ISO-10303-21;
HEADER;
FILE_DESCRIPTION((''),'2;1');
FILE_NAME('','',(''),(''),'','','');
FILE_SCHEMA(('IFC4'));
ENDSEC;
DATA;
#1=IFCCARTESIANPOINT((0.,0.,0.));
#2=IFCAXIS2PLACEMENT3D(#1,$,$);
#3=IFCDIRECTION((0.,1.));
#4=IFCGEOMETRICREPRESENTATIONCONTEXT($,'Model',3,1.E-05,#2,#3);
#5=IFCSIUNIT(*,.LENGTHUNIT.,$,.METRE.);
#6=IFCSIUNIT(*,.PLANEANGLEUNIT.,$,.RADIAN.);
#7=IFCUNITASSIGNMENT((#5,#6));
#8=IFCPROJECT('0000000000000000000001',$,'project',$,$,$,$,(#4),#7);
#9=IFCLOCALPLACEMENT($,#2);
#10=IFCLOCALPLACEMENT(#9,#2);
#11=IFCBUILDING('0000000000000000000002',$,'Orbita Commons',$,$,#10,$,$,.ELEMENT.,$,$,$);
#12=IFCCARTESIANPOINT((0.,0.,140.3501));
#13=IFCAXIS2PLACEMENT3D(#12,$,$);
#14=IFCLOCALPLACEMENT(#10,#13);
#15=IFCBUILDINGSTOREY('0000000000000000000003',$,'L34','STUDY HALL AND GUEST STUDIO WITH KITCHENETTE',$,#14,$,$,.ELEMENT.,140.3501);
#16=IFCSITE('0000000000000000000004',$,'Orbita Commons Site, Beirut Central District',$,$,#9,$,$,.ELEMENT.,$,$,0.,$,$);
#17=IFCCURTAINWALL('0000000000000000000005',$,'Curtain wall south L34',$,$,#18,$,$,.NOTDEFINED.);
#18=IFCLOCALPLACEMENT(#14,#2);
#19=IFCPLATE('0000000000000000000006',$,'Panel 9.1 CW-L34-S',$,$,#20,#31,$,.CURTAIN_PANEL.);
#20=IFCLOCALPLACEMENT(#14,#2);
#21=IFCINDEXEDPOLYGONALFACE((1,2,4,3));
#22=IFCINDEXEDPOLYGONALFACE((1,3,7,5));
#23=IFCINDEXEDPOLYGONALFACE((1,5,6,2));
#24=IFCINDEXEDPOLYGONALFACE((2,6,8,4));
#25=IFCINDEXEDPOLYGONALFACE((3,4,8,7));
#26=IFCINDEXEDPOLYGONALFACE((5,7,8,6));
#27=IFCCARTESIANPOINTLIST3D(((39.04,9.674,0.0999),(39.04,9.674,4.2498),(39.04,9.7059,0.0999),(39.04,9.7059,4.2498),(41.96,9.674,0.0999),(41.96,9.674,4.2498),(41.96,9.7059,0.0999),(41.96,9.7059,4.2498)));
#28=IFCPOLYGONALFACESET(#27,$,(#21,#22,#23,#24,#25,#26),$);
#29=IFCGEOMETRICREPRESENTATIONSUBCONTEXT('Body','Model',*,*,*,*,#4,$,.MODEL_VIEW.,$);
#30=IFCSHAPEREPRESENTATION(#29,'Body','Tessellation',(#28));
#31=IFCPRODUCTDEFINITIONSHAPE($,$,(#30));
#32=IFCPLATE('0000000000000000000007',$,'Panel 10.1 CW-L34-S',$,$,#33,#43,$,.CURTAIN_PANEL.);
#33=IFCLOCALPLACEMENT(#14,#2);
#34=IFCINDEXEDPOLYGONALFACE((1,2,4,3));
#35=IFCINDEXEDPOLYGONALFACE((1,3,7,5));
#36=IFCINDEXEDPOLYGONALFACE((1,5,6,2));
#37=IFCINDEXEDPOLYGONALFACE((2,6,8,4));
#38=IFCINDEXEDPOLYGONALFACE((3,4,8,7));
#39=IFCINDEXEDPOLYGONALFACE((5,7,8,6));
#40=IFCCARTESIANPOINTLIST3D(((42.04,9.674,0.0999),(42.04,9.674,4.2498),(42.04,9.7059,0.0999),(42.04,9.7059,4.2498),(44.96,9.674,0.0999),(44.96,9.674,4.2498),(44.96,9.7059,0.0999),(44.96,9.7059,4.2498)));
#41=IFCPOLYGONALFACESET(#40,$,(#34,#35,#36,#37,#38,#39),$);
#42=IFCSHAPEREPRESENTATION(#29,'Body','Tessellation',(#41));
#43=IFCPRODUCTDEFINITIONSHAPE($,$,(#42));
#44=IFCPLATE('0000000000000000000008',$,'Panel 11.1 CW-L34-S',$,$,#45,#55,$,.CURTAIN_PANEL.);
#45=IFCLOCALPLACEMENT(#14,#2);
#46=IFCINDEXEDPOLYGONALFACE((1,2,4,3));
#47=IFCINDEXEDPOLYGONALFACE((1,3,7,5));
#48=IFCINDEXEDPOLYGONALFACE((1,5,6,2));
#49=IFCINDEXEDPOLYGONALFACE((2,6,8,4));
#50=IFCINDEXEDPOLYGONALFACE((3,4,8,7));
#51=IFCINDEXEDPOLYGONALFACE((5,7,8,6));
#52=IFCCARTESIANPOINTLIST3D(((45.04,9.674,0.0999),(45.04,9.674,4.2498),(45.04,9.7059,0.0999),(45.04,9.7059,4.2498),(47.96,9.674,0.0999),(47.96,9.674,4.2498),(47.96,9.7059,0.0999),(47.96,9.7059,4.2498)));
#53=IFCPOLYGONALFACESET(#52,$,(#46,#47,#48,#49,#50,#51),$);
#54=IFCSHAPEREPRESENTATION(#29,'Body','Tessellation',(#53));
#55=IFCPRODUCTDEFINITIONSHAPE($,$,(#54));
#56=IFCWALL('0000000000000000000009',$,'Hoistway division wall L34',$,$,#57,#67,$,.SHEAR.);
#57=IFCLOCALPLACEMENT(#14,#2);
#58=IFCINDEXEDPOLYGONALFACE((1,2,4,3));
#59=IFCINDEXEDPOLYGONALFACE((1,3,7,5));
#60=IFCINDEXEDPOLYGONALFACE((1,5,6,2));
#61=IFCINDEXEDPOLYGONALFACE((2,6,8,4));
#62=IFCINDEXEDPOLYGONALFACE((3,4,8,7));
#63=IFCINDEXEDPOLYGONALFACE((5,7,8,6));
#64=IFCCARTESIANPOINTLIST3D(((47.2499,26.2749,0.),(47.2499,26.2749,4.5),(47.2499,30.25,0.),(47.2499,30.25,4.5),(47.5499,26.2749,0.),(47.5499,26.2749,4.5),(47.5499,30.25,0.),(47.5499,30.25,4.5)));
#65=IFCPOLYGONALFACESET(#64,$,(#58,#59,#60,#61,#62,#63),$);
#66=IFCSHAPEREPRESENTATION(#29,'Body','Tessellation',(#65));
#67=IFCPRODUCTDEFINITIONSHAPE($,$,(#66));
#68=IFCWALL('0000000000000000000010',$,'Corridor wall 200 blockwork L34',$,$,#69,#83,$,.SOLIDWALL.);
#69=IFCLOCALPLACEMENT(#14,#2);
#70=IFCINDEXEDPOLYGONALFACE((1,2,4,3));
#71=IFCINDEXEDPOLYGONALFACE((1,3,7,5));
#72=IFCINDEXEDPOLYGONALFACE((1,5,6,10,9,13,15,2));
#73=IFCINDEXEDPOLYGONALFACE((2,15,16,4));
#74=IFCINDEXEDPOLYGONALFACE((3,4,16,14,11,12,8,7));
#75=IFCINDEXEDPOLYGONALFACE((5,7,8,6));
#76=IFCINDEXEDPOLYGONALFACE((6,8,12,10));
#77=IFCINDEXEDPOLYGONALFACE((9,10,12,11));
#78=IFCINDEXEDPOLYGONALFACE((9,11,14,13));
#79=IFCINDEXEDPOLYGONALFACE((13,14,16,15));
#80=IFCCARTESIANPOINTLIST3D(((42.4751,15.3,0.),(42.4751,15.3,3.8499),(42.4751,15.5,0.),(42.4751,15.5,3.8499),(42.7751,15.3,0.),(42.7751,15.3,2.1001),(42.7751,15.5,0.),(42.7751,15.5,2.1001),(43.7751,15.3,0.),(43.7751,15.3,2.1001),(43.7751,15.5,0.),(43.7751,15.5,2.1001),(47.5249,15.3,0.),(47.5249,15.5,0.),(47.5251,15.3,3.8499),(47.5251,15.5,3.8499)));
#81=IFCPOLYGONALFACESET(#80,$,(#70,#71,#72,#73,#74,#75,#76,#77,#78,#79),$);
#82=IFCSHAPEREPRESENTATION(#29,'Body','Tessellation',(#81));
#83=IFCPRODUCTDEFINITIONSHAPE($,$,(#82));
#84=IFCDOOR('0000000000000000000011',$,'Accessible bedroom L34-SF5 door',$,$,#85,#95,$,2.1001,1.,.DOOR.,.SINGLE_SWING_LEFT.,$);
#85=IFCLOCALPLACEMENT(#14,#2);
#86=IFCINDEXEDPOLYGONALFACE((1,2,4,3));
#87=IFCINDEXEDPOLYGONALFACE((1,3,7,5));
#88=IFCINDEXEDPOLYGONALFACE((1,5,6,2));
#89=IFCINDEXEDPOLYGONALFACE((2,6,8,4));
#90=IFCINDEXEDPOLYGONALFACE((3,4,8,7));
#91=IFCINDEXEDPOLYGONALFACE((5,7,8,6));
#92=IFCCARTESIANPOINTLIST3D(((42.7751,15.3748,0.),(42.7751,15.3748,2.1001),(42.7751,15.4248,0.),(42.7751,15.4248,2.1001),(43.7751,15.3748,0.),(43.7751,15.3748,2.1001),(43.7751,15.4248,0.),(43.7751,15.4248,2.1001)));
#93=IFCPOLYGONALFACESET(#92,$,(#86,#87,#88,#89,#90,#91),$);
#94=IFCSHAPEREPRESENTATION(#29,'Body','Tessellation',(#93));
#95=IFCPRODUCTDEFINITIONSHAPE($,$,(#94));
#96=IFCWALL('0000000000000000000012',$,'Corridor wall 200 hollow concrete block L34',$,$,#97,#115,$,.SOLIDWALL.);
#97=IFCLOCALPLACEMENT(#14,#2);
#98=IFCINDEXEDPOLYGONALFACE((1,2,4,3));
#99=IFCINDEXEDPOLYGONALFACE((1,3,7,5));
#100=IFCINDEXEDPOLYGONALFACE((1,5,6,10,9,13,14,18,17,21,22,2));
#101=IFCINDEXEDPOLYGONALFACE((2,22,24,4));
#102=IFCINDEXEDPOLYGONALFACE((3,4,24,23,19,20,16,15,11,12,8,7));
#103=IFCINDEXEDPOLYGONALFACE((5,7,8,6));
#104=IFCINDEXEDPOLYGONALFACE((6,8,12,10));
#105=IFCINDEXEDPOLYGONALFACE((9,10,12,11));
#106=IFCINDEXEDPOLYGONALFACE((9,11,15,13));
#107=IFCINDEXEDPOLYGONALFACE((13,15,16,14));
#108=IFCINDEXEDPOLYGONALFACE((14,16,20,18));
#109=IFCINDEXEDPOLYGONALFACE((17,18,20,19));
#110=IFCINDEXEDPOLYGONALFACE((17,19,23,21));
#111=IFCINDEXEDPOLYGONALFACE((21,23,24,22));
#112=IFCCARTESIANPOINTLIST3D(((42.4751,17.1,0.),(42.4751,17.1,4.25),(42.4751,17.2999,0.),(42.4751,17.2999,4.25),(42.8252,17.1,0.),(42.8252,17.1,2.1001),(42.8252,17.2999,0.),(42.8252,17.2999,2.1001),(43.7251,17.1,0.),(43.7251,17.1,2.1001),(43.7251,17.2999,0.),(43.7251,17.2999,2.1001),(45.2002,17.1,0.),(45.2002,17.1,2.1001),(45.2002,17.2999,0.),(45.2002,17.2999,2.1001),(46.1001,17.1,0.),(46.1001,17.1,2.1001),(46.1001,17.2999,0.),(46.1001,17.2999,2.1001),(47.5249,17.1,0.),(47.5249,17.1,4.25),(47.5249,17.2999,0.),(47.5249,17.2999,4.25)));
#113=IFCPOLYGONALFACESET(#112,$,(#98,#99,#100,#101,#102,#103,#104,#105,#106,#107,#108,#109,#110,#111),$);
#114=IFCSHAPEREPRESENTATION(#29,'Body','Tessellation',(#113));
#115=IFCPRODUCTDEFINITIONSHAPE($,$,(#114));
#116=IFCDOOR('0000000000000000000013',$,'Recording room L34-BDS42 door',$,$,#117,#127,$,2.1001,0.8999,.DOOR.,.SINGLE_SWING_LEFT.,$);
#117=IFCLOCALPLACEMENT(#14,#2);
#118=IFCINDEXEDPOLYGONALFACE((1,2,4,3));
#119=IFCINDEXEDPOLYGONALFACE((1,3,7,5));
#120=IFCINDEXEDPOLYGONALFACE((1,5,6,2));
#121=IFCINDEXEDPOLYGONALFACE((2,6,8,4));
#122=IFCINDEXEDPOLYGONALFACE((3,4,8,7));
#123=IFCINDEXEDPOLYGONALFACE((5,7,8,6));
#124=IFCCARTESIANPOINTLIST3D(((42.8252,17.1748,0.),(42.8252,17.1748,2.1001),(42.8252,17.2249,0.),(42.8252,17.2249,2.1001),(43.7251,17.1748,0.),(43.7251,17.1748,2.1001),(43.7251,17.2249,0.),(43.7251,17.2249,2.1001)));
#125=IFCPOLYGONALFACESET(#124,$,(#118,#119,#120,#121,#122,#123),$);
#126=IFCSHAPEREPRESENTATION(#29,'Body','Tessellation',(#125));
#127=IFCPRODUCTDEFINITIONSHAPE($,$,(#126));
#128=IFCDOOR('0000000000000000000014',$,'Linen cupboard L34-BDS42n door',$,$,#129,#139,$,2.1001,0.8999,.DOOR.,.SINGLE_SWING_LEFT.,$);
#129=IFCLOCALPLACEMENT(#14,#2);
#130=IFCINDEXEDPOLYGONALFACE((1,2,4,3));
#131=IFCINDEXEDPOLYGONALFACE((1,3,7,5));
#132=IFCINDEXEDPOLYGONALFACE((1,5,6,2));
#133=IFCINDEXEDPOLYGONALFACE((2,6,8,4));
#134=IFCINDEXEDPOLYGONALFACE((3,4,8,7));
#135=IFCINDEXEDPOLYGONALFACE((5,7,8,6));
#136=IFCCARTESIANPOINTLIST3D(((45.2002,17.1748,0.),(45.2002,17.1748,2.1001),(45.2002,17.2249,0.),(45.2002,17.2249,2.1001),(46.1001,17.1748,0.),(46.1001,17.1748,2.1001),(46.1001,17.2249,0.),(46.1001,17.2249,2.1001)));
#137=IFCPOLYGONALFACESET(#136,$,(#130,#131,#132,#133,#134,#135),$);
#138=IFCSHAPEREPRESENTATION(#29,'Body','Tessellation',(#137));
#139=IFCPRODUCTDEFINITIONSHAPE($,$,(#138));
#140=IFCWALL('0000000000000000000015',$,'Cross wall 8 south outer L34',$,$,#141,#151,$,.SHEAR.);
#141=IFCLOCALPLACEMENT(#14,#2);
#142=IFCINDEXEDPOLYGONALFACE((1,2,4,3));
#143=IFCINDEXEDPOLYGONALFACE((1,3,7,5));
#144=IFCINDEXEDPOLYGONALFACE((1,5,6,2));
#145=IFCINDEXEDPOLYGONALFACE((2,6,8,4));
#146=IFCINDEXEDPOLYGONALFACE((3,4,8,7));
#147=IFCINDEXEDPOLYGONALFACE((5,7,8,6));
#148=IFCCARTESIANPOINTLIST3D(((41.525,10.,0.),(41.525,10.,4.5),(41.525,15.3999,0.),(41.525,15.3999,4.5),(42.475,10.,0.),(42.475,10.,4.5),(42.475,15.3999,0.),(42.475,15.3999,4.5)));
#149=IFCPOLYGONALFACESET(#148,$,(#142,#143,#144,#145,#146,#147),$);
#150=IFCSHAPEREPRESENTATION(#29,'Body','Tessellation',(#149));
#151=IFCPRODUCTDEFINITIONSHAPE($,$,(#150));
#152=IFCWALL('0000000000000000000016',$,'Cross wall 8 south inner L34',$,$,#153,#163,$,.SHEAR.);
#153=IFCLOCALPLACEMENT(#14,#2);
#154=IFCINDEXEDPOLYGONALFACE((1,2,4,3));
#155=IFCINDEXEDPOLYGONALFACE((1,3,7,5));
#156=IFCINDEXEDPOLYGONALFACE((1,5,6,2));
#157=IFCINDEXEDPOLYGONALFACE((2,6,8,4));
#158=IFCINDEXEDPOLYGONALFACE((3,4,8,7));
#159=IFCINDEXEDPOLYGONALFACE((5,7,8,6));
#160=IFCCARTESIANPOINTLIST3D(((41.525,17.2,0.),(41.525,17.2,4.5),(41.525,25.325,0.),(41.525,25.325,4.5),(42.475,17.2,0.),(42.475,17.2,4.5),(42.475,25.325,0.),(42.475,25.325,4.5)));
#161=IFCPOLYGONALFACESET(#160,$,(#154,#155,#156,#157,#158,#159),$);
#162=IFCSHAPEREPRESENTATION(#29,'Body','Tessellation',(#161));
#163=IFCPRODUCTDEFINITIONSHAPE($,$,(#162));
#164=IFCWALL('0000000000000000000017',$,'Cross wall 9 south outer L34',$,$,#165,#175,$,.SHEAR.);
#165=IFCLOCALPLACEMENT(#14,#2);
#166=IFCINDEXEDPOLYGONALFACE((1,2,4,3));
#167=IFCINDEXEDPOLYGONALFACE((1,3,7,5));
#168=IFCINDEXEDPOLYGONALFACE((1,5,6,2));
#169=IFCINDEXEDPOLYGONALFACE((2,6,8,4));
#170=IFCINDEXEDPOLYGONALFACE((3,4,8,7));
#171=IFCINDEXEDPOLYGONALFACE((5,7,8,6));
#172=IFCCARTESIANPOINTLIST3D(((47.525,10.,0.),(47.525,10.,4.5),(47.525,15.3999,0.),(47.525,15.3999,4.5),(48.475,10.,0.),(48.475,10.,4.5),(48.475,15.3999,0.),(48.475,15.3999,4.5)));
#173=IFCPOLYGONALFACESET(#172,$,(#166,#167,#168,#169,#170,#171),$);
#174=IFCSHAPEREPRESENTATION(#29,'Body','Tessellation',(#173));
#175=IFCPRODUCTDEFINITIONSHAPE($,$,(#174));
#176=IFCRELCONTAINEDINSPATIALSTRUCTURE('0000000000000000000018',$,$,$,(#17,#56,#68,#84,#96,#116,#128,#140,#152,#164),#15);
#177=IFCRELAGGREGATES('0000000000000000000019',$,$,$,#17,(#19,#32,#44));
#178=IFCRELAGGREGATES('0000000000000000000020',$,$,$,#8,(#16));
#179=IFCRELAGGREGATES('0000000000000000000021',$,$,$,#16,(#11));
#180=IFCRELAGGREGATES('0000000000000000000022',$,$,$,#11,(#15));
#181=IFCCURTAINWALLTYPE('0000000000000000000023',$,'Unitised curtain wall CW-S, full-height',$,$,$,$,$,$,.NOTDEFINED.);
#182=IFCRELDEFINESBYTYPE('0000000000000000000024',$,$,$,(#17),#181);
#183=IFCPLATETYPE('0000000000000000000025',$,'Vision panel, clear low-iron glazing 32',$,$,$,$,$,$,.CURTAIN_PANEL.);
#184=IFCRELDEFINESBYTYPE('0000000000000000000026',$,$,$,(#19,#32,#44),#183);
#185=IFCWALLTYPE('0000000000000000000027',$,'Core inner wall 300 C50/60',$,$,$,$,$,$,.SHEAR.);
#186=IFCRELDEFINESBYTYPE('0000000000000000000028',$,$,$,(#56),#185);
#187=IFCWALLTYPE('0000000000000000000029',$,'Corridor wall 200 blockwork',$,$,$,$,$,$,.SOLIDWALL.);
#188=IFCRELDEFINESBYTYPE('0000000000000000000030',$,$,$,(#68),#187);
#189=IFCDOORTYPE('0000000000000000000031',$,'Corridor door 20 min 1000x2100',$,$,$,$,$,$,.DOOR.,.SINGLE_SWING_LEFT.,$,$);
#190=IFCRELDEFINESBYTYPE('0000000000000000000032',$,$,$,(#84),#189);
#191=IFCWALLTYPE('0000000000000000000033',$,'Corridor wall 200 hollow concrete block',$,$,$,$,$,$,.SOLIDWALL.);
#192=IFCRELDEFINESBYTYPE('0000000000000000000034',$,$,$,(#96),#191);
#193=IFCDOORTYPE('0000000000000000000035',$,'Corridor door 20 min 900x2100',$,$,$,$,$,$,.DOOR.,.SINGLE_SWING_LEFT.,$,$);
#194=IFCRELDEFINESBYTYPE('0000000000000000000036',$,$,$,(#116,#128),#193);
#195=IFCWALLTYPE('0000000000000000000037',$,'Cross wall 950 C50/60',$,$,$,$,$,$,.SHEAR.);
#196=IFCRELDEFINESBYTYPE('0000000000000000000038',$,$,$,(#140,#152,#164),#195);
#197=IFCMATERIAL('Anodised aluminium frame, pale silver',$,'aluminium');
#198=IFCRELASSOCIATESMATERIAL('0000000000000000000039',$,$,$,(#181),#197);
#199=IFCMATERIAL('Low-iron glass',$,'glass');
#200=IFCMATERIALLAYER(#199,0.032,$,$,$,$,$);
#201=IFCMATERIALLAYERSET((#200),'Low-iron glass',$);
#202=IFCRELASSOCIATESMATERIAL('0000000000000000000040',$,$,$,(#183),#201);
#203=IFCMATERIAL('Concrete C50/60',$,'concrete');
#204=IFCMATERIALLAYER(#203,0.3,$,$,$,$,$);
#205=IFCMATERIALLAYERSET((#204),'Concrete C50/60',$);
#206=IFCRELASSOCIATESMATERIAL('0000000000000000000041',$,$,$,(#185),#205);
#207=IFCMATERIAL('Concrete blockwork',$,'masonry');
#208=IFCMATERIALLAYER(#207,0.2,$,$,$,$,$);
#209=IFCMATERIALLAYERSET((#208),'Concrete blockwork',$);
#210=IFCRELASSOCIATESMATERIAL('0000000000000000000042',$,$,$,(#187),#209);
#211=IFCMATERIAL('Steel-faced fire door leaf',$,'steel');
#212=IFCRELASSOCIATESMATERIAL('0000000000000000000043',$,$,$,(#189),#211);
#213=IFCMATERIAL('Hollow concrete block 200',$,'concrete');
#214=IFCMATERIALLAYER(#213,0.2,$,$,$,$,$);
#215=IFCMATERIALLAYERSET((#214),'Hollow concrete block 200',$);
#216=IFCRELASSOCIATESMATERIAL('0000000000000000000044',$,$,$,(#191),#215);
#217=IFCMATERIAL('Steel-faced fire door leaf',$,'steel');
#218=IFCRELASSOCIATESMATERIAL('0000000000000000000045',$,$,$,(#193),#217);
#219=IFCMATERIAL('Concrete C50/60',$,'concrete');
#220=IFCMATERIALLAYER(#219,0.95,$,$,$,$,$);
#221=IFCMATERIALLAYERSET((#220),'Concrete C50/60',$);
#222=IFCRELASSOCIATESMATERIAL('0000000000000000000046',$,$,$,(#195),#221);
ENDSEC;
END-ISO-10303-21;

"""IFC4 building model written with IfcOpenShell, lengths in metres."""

from ifc_helpers import new_model, si_unit, direction, frame, frame_2d, origin, origin_2d, place, context, subcontext, project, spatial, polyline, rectangle, outline, extrude, material, layer, layer_set, type_object, element, fill, aggregate, save


model = new_model("IFC4")

# Units and contexts
model_context = context("Model", 3, precision=1e-05, world=origin(), true_north=direction((0.0, 1.0)))
body_context = subcontext(model_context, "Body", "Model", "MODEL_VIEW")
ifc_project = project(units=[si_unit("LENGTHUNIT", "METRE"), si_unit("PLANEANGLEUNIT", "RADIAN")], contexts=[model_context])

# Site, building, storey
site_placement = place(None, origin())
site = spatial("IfcSite", under=ifc_project, at=site_placement, Name="Orbita Commons Site, Beirut Central District", CompositionType="ELEMENT", RefElevation=0.0)
building_placement = place(site_placement, origin())
building = spatial("IfcBuilding", under=site, at=building_placement, Name="Orbita Commons", CompositionType="ELEMENT")
storey_placement = place(building_placement, frame((0.0, 0.0, 140.3501)))
storey = spatial("IfcBuildingStorey", under=building, at=storey_placement, Name="L34", Description="STUDY HALL AND GUEST STUDIO WITH KITCHENETTE", CompositionType="ELEMENT", Elevation=140.3501)

# Curtain wall
ifc_material_1 = material(Name="Anodised aluminium frame, pale silver", Category="aluminium")
curtain_wall_type = type_object("IfcCurtainWallType", Name="Unitised curtain wall CW-S, full-height", PredefinedType="NOTDEFINED", material=ifc_material_1)
curtain_wall_placement = place(storey_placement, origin())
curtain_wall = element("IfcCurtainWall", 1, at=curtain_wall_placement, inside=storey, type_object=curtain_wall_type, Name="Curtain wall south L34", PredefinedType="NOTDEFINED")

# Plates
ifc_material_2 = material(Name="Low-iron glass", Category="glass")
ifc_layer_1 = layer(ifc_material_2, 0.032)
ifc_layer_set_1 = layer_set([ifc_layer_1], Name="Low-iron glass")
plate_type = type_object("IfcPlateType", Name="Vision panel, clear low-iron glazing 32", PredefinedType="CURTAIN_PANEL", material=ifc_layer_set_1)
plate_1_placement = place(storey_placement, frame((40.5, 9.6899, 0.0999), z_axis=(0.0, 0.0, 1.0), x_axis=(1.0, 0.0, 0.0)))
plate_1 = element("IfcPlate", 2, at=plate_1_placement, type_object=plate_type, Name="Panel 9.1 CW-L34-S", PredefinedType="CURTAIN_PANEL", context=body_context, shape_type="SweptSolid", body=[
    extrude(rectangle(XDim=2.9199, YDim=0.032, at=origin_2d()), origin(), (0.0, 0.0, 1.0), 4.1499),
])
plate_2_placement = place(storey_placement, frame((43.5, 9.6899, 0.0999), z_axis=(0.0, 0.0, 1.0), x_axis=(1.0, 0.0, 0.0)))
plate_2 = element("IfcPlate", 3, at=plate_2_placement, type_object=plate_type, Name="Panel 10.1 CW-L34-S", PredefinedType="CURTAIN_PANEL", context=body_context, shape_type="SweptSolid", body=[
    extrude(rectangle(XDim=2.9199, YDim=0.032, at=origin_2d()), origin(), (0.0, 0.0, 1.0), 4.1499),
])
plate_3_placement = place(storey_placement, frame((46.5, 9.6899, 0.0999), z_axis=(0.0, 0.0, 1.0), x_axis=(1.0, 0.0, 0.0)))
plate_3 = element("IfcPlate", 4, at=plate_3_placement, type_object=plate_type, Name="Panel 11.1 CW-L34-S", PredefinedType="CURTAIN_PANEL", context=body_context, shape_type="SweptSolid", body=[
    extrude(rectangle(XDim=2.9199, YDim=0.032, at=origin_2d()), origin(), (0.0, 0.0, 1.0), 4.1499),
])
aggregate(curtain_wall, [plate_1, plate_2, plate_3])

# Wall
ifc_material_3 = material(Name="Concrete C50/60", Category="concrete")
ifc_layer_2 = layer(ifc_material_3, 0.3)
ifc_layer_set_2 = layer_set([ifc_layer_2], Name="Concrete C50/60")
wall_type_1 = type_object("IfcWallType", Name="Core inner wall 300 C50/60", PredefinedType="SHEAR", material=ifc_layer_set_2)
wall_1_placement = place(storey_placement, frame((47.3999, 26.2749, 0.0), z_axis=(0.0, 0.0, 1.0), x_axis=(0.0, 1.0, 0.0)))
element("IfcWall", 5, at=wall_1_placement, inside=storey, type_object=wall_type_1, Name="Hoistway division wall L34", PredefinedType="SHEAR", context=body_context, shape_type="SweptSolid", body=[
    extrude(rectangle(XDim=3.9751, YDim=0.3, at=frame_2d((1.9875, 0.0))), origin(), (0.0, 0.0, 1.0), 4.5),
])

# Wall, opening, door
ifc_material_4 = material(Name="Concrete blockwork", Category="masonry")
ifc_layer_3 = layer(ifc_material_4, 0.2)
ifc_layer_set_3 = layer_set([ifc_layer_3], Name="Concrete blockwork")
wall_type_2 = type_object("IfcWallType", Name="Corridor wall 200 blockwork", PredefinedType="SOLIDWALL", material=ifc_layer_set_3)
wall_2_placement = place(storey_placement, frame((42.4751, 15.3999, 0.0), z_axis=(0.0, 0.0, 1.0), x_axis=(1.0, 0.0, 0.0)))
wall_2 = element("IfcWall", 6, at=wall_2_placement, inside=storey, type_object=wall_type_2, Name="Corridor wall 200 blockwork L34", PredefinedType="SOLIDWALL", context=body_context, shape_type="SweptSolid", body=[
    extrude(outline(polyline([(0.0, 0.0), (5.0498, 0.0), (5.05, 3.8499), (0.0, 3.8499), (0.0, 0.0)])), frame((0.0, 0.1001, 0.0), z_axis=(0.0, -1.0, 0.0), x_axis=(1.0, 0.0, 0.0)), (0.0, 0.0, 1.0), 0.2),
])
opening_1_placement = place(wall_2_placement, frame((0.3, 0.0, 0.0)))
opening_1 = element("IfcOpeningElement", 7, at=opening_1_placement, cuts=wall_2, PredefinedType="OPENING", context=body_context, shape_type="SweptSolid", body=[
    extrude(rectangle(XDim=1.0, YDim=2.1001, at=frame_2d((0.5, 1.05))), frame((0.0, 0.1099, 0.0), z_axis=(0.0, -1.0, 0.0), x_axis=(1.0, 0.0, 0.0)), (0.0, 0.0, 1.0), 0.22),
])
ifc_material_5 = material(Name="Steel-faced fire door leaf", Category="steel")
door_type_1 = type_object("IfcDoorType", Name="Corridor door 20 min 1000x2100", OperationType="SINGLE_SWING_LEFT", PredefinedType="DOOR", material=ifc_material_5)
door_1_placement = place(opening_1_placement, origin())
door_1 = element("IfcDoor", 8, at=door_1_placement, inside=storey, type_object=door_type_1, Name="Accessible bedroom L34-SF5 door", OperationType="SINGLE_SWING_LEFT", OverallHeight=2.1001, OverallWidth=1.0, PredefinedType="DOOR", context=body_context, shape_type="SweptSolid", body=[
    extrude(rectangle(XDim=1.0, YDim=2.1001, at=frame_2d((0.5, 1.05))), frame((0.0, 0.0249, 0.0), z_axis=(0.0, -1.0, 0.0), x_axis=(1.0, 0.0, 0.0)), (0.0, 0.0, 1.0), 0.05),
])
fill(opening_1, door_1)

# Wall, openings, doors
ifc_material_6 = material(Name="Hollow concrete block 200", Category="concrete")
ifc_layer_4 = layer(ifc_material_6, 0.2)
ifc_layer_set_4 = layer_set([ifc_layer_4], Name="Hollow concrete block 200")
wall_type_3 = type_object("IfcWallType", Name="Corridor wall 200 hollow concrete block", PredefinedType="SOLIDWALL", material=ifc_layer_set_4)
wall_3_placement = place(storey_placement, frame((42.4751, 17.2, 0.0), z_axis=(0.0, 0.0, 1.0), x_axis=(1.0, 0.0, 0.0)))
wall_3 = element("IfcWall", 9, at=wall_3_placement, inside=storey, type_object=wall_type_3, Name="Corridor wall 200 hollow concrete block L34", PredefinedType="SOLIDWALL", context=body_context, shape_type="SweptSolid", body=[
    extrude(rectangle(XDim=5.0498, YDim=0.2, at=frame_2d((2.5249, 0.0))), origin(), (0.0, 0.0, 1.0), 4.25),
])
opening_2_placement = place(wall_3_placement, frame((0.3501, 0.0, 0.0)))
opening_2 = element("IfcOpeningElement", 10, at=opening_2_placement, cuts=wall_3, PredefinedType="OPENING", context=body_context, shape_type="SweptSolid", body=[
    extrude(rectangle(XDim=0.8999, YDim=2.1001, at=frame_2d((0.45, 1.05))), frame((0.0, 0.1099, 0.0), z_axis=(0.0, -1.0, 0.0), x_axis=(1.0, 0.0, 0.0)), (0.0, 0.0, 1.0), 0.22),
])
opening_3_placement = place(wall_3_placement, frame((2.7251, 0.0, 0.0)))
opening_3 = element("IfcOpeningElement", 11, at=opening_3_placement, cuts=wall_3, PredefinedType="OPENING", context=body_context, shape_type="SweptSolid", body=[
    extrude(rectangle(XDim=0.8999, YDim=2.1001, at=frame_2d((0.45, 1.05))), frame((0.0, 0.1099, 0.0), z_axis=(0.0, -1.0, 0.0), x_axis=(1.0, 0.0, 0.0)), (0.0, 0.0, 1.0), 0.22),
])
ifc_material_7 = material(Name="Steel-faced fire door leaf", Category="steel")
door_type_2 = type_object("IfcDoorType", Name="Corridor door 20 min 900x2100", OperationType="SINGLE_SWING_LEFT", PredefinedType="DOOR", material=ifc_material_7)
door_2_placement = place(opening_2_placement, origin())
door_2 = element("IfcDoor", 12, at=door_2_placement, inside=storey, type_object=door_type_2, Name="Recording room L34-BDS42 door", OperationType="SINGLE_SWING_LEFT", OverallHeight=2.1001, OverallWidth=0.8999, PredefinedType="DOOR", context=body_context, shape_type="SweptSolid", body=[
    extrude(rectangle(XDim=0.8999, YDim=2.1001, at=frame_2d((0.45, 1.05))), frame((0.0, 0.0249, 0.0), z_axis=(0.0, -1.0, 0.0), x_axis=(1.0, 0.0, 0.0)), (0.0, 0.0, 1.0), 0.05),
])
fill(opening_2, door_2)
door_3_placement = place(opening_3_placement, origin())
door_3 = element("IfcDoor", 13, at=door_3_placement, inside=storey, type_object=door_type_2, Name="Linen cupboard L34-BDS42n door", OperationType="SINGLE_SWING_LEFT", OverallHeight=2.1001, OverallWidth=0.8999, PredefinedType="DOOR", context=body_context, shape_type="SweptSolid", body=[
    extrude(rectangle(XDim=0.8999, YDim=2.1001, at=frame_2d((0.45, 1.05))), frame((0.0, 0.0249, 0.0), z_axis=(0.0, -1.0, 0.0), x_axis=(1.0, 0.0, 0.0)), (0.0, 0.0, 1.0), 0.05),
])
fill(opening_3, door_3)

# Walls
ifc_material_8 = material(Name="Concrete C50/60", Category="concrete")
ifc_layer_5 = layer(ifc_material_8, 0.95)
ifc_layer_set_5 = layer_set([ifc_layer_5], Name="Concrete C50/60")
wall_type_4 = type_object("IfcWallType", Name="Cross wall 950 C50/60", PredefinedType="SHEAR", material=ifc_layer_set_5)
wall_4_placement = place(storey_placement, frame((42.0, 10.0, 0.0), z_axis=(0.0, 0.0, 1.0), x_axis=(0.0, 1.0, 0.0)))
element("IfcWall", 14, at=wall_4_placement, inside=storey, type_object=wall_type_4, Name="Cross wall 8 south outer L34", PredefinedType="SHEAR", context=body_context, shape_type="SweptSolid", body=[
    extrude(rectangle(XDim=5.3999, YDim=0.95, at=frame_2d((2.7, 0.0))), origin(), (0.0, 0.0, 1.0), 4.5),
])
wall_5_placement = place(storey_placement, frame((42.0, 17.2, 0.0), z_axis=(0.0, 0.0, 1.0), x_axis=(0.0, 1.0, 0.0)))
element("IfcWall", 15, at=wall_5_placement, inside=storey, type_object=wall_type_4, Name="Cross wall 8 south inner L34", PredefinedType="SHEAR", context=body_context, shape_type="SweptSolid", body=[
    extrude(rectangle(XDim=8.125, YDim=0.95, at=frame_2d((4.0625, 0.0))), origin(), (0.0, 0.0, 1.0), 4.5),
])
wall_6_placement = place(storey_placement, frame((48.0, 10.0, 0.0), z_axis=(0.0, 0.0, 1.0), x_axis=(0.0, 1.0, 0.0)))
element("IfcWall", 16, at=wall_6_placement, inside=storey, type_object=wall_type_4, Name="Cross wall 9 south outer L34", PredefinedType="SHEAR", context=body_context, shape_type="SweptSolid", body=[
    extrude(rectangle(XDim=5.3999, YDim=0.95, at=frame_2d((2.7, 0.0))), origin(), (0.0, 0.0, 1.0), 4.5),
])

save(model, "model.ifc")
